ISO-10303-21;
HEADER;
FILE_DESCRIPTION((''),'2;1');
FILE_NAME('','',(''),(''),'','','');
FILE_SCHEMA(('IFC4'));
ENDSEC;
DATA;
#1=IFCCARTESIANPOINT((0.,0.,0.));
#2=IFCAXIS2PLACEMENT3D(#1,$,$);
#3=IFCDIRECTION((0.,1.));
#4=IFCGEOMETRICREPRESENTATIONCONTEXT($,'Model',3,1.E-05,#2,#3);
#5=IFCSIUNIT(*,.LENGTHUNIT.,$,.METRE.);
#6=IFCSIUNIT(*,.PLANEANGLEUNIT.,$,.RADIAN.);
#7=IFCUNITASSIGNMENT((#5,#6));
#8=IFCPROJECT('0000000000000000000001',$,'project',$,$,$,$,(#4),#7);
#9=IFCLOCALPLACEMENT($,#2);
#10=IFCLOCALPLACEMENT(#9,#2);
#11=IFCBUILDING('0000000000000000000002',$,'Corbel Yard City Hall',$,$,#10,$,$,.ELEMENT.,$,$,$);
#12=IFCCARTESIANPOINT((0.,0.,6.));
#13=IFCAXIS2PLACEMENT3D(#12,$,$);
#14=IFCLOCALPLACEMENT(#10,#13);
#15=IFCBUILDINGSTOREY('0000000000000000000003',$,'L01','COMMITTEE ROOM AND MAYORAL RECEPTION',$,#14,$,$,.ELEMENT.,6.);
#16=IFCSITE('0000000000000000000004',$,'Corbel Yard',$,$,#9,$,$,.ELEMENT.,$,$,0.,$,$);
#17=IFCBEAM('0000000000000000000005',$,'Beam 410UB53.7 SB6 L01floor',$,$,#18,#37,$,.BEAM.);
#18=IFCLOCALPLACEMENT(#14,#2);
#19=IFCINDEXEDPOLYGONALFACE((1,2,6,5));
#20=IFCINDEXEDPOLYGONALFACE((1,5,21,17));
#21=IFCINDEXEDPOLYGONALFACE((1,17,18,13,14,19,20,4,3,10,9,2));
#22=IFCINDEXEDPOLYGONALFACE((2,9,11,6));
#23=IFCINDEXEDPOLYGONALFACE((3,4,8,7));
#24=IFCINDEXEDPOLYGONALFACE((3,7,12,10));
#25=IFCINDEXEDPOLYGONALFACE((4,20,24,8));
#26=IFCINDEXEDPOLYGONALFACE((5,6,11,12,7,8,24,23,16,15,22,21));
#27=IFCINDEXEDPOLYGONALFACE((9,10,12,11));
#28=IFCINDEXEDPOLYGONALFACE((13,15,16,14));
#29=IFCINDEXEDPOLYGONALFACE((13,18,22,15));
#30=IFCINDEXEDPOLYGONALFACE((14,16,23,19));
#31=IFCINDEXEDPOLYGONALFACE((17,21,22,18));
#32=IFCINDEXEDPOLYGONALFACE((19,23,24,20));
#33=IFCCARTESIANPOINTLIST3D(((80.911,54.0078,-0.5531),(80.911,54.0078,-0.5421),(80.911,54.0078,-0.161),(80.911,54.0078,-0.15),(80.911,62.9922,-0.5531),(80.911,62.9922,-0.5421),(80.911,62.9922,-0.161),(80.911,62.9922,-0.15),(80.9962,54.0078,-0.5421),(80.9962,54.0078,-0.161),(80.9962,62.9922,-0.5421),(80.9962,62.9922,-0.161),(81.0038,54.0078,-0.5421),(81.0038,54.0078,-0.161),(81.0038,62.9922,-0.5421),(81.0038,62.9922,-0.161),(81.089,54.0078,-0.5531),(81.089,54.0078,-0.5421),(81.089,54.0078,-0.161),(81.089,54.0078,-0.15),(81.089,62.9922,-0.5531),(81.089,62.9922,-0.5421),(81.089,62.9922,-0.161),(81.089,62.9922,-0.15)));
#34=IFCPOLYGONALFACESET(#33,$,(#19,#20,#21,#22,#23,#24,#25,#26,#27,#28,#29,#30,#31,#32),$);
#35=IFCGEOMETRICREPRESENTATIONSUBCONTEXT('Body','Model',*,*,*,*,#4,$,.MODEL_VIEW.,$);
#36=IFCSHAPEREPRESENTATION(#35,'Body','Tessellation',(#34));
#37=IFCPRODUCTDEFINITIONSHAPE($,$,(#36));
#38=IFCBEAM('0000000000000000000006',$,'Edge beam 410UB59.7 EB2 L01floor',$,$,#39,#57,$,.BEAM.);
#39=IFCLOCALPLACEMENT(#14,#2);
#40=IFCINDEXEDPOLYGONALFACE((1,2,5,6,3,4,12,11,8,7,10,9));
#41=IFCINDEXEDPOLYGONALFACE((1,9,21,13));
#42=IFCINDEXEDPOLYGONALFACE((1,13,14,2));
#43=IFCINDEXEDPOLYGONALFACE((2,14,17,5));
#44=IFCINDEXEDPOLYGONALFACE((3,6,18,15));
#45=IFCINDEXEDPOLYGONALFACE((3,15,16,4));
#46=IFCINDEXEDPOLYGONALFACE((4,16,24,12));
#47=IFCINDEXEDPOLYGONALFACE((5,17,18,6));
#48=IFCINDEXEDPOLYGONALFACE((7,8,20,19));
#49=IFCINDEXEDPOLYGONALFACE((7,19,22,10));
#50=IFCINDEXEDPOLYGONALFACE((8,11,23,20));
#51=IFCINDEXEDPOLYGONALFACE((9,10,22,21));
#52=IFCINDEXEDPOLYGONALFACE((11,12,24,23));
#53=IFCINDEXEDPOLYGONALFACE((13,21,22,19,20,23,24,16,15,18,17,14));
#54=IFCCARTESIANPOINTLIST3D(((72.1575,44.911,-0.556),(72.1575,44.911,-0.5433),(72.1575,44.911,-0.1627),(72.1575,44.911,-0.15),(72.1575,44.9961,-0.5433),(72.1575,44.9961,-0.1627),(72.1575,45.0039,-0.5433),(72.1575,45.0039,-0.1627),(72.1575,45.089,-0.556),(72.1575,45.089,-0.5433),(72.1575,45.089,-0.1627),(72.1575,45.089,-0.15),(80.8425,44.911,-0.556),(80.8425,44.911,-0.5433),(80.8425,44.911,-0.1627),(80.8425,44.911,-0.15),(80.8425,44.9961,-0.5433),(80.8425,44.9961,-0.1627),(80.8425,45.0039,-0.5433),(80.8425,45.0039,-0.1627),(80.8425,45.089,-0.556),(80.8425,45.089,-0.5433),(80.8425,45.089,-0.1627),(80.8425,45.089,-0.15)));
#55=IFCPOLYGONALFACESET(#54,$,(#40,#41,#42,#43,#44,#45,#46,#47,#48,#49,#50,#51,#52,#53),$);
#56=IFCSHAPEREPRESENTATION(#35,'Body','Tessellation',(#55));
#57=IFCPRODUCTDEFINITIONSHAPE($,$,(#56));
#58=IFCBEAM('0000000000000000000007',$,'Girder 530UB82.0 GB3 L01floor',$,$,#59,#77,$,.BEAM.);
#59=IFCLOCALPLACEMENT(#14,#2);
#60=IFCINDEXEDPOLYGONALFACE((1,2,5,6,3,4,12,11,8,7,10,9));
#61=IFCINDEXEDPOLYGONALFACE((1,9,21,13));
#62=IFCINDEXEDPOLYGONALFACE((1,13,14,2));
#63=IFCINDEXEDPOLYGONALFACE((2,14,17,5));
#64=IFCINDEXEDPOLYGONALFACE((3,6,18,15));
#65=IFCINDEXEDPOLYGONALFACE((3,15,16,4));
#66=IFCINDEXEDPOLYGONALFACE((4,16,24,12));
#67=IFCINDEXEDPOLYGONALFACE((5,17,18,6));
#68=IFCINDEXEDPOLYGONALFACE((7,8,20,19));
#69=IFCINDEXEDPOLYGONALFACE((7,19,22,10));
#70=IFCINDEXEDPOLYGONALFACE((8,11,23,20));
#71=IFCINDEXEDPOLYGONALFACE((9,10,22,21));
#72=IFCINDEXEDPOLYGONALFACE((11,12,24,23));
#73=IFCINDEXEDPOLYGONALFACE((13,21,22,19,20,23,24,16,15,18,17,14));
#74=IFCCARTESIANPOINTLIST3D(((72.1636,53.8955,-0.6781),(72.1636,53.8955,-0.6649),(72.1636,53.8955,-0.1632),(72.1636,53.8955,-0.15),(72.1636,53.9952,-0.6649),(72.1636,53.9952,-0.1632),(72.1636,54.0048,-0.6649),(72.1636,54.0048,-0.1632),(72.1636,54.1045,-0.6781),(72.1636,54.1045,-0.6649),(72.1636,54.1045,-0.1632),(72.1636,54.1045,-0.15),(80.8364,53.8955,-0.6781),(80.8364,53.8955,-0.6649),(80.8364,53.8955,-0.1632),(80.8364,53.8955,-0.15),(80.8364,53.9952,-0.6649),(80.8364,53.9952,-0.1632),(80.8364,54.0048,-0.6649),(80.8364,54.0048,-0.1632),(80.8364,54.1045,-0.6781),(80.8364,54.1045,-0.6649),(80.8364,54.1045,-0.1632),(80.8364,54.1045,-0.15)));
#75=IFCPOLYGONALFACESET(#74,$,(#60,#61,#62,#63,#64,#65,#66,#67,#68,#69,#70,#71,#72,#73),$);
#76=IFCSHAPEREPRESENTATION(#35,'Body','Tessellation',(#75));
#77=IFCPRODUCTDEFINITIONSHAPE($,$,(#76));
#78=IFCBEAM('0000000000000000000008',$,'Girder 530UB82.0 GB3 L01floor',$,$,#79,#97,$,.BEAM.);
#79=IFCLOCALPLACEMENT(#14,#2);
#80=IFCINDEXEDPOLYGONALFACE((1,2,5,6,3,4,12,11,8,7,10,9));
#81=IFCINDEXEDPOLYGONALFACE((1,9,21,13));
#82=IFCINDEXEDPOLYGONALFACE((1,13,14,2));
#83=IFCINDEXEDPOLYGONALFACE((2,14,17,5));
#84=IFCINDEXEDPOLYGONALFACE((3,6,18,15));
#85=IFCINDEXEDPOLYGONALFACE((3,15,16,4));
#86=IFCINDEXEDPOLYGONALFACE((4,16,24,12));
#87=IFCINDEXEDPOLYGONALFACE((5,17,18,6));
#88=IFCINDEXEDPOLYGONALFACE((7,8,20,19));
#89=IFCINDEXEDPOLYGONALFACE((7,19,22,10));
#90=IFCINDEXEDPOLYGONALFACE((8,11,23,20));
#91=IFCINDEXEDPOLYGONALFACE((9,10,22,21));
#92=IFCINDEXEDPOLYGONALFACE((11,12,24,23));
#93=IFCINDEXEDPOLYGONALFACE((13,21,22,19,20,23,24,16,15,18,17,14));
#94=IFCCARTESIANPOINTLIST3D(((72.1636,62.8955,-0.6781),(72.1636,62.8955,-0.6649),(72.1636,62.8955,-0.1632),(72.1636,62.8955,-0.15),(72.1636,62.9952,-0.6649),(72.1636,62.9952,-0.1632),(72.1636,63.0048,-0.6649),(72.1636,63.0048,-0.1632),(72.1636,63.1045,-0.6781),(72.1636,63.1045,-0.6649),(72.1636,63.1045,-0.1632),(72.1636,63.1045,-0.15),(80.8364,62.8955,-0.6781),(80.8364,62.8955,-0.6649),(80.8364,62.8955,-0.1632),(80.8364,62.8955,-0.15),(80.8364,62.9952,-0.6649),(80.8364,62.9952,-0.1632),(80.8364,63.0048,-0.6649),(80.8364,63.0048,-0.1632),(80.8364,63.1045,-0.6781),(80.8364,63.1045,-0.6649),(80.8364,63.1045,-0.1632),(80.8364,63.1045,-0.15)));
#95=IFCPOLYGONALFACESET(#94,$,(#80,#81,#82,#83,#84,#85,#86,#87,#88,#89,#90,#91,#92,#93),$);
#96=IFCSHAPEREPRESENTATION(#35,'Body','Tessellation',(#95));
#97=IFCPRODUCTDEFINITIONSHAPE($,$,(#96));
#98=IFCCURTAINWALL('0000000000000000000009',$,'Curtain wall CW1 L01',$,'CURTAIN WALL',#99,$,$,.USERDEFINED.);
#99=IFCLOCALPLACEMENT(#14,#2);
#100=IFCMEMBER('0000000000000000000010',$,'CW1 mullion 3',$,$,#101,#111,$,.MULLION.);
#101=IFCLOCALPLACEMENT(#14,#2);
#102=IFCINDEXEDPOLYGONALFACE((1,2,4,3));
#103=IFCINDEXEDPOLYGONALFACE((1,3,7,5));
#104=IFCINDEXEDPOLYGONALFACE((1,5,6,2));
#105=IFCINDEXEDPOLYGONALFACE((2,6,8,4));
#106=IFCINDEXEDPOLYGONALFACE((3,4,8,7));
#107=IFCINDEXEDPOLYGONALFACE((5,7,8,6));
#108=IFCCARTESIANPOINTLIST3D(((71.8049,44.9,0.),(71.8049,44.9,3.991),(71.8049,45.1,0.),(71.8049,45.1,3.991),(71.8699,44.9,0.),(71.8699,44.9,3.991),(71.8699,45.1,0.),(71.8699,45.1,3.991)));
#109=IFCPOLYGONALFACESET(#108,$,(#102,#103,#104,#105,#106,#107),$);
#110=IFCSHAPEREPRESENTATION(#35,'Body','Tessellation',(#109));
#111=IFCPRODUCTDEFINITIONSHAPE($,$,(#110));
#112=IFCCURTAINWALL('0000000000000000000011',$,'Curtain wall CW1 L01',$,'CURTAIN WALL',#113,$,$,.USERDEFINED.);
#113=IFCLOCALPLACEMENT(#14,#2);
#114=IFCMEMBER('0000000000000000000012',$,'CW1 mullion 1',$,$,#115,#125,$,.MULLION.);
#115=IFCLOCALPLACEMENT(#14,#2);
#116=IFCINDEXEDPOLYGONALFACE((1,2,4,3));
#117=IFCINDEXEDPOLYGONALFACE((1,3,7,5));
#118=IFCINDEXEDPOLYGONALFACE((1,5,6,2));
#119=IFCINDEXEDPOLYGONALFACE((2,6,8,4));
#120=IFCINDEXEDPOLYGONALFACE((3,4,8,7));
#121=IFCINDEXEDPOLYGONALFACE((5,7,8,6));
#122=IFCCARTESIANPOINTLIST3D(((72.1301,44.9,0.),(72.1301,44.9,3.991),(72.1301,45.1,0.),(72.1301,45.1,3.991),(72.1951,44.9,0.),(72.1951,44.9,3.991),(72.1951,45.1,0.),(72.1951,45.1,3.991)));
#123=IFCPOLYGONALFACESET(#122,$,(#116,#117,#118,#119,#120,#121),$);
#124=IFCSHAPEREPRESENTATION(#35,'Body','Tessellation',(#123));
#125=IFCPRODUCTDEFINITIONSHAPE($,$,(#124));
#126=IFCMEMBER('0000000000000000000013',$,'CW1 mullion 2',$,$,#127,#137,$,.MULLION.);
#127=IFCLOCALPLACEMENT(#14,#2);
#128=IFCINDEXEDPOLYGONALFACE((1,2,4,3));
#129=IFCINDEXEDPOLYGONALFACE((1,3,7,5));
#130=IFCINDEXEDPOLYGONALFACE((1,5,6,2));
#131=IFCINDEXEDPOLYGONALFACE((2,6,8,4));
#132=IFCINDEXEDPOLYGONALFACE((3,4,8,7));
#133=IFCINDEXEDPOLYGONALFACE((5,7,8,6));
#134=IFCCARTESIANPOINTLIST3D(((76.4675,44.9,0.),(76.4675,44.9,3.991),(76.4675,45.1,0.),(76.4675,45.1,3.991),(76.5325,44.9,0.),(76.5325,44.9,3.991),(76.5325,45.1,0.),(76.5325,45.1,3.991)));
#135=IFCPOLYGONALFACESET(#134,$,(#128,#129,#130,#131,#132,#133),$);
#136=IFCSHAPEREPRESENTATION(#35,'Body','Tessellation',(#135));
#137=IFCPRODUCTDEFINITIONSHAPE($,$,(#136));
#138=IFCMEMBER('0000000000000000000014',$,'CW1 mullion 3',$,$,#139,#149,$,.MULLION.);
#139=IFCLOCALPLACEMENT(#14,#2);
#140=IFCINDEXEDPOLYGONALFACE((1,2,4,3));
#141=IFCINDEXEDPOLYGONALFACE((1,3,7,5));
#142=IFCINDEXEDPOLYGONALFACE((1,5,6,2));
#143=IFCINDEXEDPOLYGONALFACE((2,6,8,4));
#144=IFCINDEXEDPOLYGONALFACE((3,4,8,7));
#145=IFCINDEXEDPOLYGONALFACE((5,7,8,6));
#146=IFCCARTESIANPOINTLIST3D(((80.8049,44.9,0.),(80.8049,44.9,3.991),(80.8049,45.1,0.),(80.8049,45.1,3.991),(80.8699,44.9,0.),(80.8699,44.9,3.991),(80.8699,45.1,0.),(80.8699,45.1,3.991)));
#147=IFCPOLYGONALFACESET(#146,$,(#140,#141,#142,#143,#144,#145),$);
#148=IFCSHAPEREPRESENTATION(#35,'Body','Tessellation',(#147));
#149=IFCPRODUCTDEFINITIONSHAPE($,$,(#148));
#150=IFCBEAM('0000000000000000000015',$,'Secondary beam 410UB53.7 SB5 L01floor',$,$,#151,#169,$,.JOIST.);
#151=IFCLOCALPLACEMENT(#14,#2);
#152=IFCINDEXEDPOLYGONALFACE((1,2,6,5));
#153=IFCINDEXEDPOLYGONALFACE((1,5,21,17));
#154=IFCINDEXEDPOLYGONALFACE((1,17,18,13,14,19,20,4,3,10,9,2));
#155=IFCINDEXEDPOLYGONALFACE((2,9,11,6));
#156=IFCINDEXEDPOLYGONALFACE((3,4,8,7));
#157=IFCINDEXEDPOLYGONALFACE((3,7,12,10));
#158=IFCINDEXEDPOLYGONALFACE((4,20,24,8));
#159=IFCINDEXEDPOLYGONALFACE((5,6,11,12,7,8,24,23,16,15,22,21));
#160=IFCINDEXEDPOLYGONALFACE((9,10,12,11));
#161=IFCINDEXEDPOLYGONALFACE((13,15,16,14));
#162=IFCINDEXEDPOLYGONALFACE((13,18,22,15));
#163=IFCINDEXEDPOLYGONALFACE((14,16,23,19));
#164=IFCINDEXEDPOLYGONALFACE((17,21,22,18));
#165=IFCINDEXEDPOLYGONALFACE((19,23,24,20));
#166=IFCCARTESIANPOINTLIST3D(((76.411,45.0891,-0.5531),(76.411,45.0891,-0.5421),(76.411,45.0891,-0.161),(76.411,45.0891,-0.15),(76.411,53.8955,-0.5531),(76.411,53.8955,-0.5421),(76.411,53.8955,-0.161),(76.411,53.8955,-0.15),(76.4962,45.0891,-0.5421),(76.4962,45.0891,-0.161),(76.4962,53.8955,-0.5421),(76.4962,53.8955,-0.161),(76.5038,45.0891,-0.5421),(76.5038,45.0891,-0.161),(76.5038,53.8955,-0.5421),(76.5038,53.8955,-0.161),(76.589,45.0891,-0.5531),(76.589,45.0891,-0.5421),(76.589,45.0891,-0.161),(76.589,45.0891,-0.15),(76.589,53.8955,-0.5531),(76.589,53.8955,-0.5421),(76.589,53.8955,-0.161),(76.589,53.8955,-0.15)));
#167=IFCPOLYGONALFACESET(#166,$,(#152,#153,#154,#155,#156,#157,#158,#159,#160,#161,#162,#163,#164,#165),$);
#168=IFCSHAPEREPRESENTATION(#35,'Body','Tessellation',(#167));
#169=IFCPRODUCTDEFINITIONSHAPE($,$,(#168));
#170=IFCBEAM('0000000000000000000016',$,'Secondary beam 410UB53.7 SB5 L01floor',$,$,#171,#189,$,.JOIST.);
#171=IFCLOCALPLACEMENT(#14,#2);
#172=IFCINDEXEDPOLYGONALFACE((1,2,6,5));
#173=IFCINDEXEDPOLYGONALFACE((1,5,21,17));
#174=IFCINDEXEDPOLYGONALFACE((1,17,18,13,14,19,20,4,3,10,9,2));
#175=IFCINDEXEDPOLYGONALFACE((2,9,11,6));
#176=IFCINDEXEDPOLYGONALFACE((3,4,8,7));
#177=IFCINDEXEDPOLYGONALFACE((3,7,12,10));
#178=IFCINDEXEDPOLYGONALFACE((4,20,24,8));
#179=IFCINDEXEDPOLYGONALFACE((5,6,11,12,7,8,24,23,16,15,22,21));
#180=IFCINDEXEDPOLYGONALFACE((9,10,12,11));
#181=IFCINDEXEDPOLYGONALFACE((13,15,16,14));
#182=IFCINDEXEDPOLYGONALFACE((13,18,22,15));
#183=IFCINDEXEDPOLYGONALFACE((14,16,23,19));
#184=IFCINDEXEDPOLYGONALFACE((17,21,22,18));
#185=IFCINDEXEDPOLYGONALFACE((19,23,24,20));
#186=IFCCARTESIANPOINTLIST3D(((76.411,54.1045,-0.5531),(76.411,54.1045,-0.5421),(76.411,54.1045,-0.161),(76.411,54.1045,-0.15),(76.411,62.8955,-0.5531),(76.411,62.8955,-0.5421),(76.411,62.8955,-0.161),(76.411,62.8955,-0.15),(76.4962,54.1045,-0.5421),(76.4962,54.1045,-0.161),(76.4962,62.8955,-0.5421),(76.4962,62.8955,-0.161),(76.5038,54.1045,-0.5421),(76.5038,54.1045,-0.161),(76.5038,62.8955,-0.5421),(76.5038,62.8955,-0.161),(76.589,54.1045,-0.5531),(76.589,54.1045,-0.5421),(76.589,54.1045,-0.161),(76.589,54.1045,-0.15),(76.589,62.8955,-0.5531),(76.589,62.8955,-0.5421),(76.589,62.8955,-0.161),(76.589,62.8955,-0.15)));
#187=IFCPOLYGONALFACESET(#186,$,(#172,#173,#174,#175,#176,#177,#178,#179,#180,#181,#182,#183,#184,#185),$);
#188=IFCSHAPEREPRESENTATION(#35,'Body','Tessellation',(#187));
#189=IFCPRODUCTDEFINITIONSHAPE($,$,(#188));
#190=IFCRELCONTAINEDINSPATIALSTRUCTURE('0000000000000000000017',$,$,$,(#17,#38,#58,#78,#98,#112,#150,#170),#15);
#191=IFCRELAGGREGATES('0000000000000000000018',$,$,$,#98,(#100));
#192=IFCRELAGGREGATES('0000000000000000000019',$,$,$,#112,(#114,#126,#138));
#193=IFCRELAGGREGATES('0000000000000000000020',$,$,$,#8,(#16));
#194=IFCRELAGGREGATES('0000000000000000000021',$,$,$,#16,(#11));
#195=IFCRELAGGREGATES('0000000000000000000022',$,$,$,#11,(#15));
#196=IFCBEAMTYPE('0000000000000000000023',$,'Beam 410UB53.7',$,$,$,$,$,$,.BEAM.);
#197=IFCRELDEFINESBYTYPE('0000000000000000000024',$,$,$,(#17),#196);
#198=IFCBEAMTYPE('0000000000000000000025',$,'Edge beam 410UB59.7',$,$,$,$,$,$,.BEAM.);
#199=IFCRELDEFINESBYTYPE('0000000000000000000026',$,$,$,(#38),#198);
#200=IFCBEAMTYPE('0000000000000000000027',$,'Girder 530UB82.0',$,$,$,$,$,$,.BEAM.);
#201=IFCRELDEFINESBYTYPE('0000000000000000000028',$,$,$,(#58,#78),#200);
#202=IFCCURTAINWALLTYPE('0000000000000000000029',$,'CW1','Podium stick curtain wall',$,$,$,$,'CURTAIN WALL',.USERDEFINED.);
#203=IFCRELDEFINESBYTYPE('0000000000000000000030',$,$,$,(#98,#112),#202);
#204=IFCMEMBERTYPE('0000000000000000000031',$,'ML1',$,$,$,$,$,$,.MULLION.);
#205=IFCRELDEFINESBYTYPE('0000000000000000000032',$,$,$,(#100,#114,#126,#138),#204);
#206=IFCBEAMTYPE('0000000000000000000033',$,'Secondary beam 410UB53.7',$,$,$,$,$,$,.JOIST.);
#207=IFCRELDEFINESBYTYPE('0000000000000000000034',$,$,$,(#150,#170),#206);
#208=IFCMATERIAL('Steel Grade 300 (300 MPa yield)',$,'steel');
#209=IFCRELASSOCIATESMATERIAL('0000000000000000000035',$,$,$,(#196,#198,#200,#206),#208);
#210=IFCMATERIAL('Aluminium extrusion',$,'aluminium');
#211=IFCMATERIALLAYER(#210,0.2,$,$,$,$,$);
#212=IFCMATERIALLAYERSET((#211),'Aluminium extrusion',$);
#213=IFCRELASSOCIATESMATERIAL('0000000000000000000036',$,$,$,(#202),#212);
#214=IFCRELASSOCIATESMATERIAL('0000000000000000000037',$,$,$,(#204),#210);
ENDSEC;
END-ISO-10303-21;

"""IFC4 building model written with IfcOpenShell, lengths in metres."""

from ifc_helpers import new_model, si_unit, direction, frame, origin, origin_2d, place, context, subcontext, project, spatial, rectangle, i_section, extrude, material, layer, layer_set, material_profile, profile_set, type_object, element, aggregate, save


model = new_model("IFC4")

# Units and contexts
model_context = context("Model", 3, precision=1e-05, world=origin(), true_north=direction((0.0, 1.0)))
body_context = subcontext(model_context, "Body", "Model", "MODEL_VIEW")
ifc_project = project(units=[si_unit("LENGTHUNIT", "METRE"), si_unit("PLANEANGLEUNIT", "RADIAN")], contexts=[model_context])

# Site, building, storey
site_placement = place(None, origin())
site = spatial("IfcSite", under=ifc_project, at=site_placement, Name="Corbel Yard", CompositionType="ELEMENT", RefElevation=0.0)
building_placement = place(site_placement, origin())
building = spatial("IfcBuilding", under=site, at=building_placement, Name="Corbel Yard City Hall", CompositionType="ELEMENT")
storey_placement = place(building_placement, frame((0.0, 0.0, 6.0)))
storey = spatial("IfcBuildingStorey", under=building, at=storey_placement, Name="L01", Description="COMMITTEE ROOM AND MAYORAL RECEPTION", CompositionType="ELEMENT", Elevation=6.0)

# Shared definitions
ifc_material_1 = material(Name="Steel Grade 300 (300 MPa yield)", Category="steel")

# Beams
ifc_material_profile_1 = material_profile(ifc_material_1, i_section(OverallWidth=0.178, OverallDepth=0.4031, WebThickness=0.0076, FlangeThickness=0.011, at=origin_2d()), Name="410UB53.7")
ifc_profile_set_1 = profile_set([ifc_material_profile_1], Name="Steel Grade 300 (300 MPa yield)")
beam_type_1 = type_object("IfcBeamType", Name="Beam 410UB53.7", PredefinedType="BEAM", material=ifc_profile_set_1)
beam_1_placement = place(storey_placement, frame((81.0, 54.0078, -0.3516), z_axis=(0.0, 1.0, 0.0), x_axis=(-1.0, 0.0, 0.0)))
element("IfcBeam", 1, at=beam_1_placement, inside=storey, type_object=beam_type_1, Name="Beam 410UB53.7 SB6 L01floor", PredefinedType="BEAM", context=body_context, shape_type="SweptSolid", body=[
    extrude(i_section(OverallWidth=0.178, OverallDepth=0.4031, WebThickness=0.0076, FlangeThickness=0.011, at=origin_2d()), origin(), (0.0, 0.0, 1.0), 8.9844),
])
ifc_material_profile_2 = material_profile(ifc_material_1, i_section(OverallWidth=0.178, OverallDepth=0.406, WebThickness=0.0078, FlangeThickness=0.0127, at=origin_2d()), Name="410UB59.7")
ifc_profile_set_2 = profile_set([ifc_material_profile_2], Name="Steel Grade 300 (300 MPa yield)")
beam_type_2 = type_object("IfcBeamType", Name="Edge beam 410UB59.7", PredefinedType="BEAM", material=ifc_profile_set_2)
beam_2_placement = place(storey_placement, frame((72.1575, 45.0, -0.353), z_axis=(1.0, 0.0, 0.0), x_axis=(0.0, 1.0, 0.0)))
element("IfcBeam", 2, at=beam_2_placement, inside=storey, type_object=beam_type_2, Name="Edge beam 410UB59.7 EB2 L01floor", PredefinedType="BEAM", context=body_context, shape_type="SweptSolid", body=[
    extrude(i_section(OverallWidth=0.178, OverallDepth=0.406, WebThickness=0.0078, FlangeThickness=0.0127, at=origin_2d()), origin(), (0.0, 0.0, 1.0), 8.6851),
])
ifc_material_profile_3 = material_profile(ifc_material_1, i_section(OverallWidth=0.209, OverallDepth=0.5281, WebThickness=0.0095, FlangeThickness=0.0132, at=origin_2d()), Name="530UB82.0")
ifc_profile_set_3 = profile_set([ifc_material_profile_3], Name="Steel Grade 300 (300 MPa yield)")
beam_type_3 = type_object("IfcBeamType", Name="Girder 530UB82.0", PredefinedType="BEAM", material=ifc_profile_set_3)
for number, where, z_axis, x_axis, name in (
    (3, (72.1636, 54.0, -0.4141), (1.0, 0.0, 0.0), (0.0, 1.0, 0.0), "Girder 530UB82.0 GB3 L01floor"),
    (4, (72.1636, 63.0, -0.4141), (1.0, 0.0, 0.0), (0.0, 1.0, 0.0), "Girder 530UB82.0 GB3 L01floor"),
):
    element("IfcBeam", number, at=place(storey_placement, frame(where, z_axis=z_axis, x_axis=x_axis)), inside=storey, type_object=beam_type_3, Name=name, PredefinedType="BEAM", context=body_context, shape_type="SweptSolid", body=[
        extrude(i_section(OverallWidth=0.209, OverallDepth=0.5281, WebThickness=0.0095, FlangeThickness=0.0132, at=origin_2d()), origin(), (0.0, 0.0, 1.0), 8.6729),
    ])

# Curtain wall, member
ifc_material_2 = material(Name="Aluminium extrusion", Category="aluminium")
ifc_layer_1 = layer(ifc_material_2, 0.2)
ifc_layer_set_1 = layer_set([ifc_layer_1], Name="Aluminium extrusion")
curtain_wall_type = type_object("IfcCurtainWallType", Name="CW1", Description="Podium stick curtain wall", ElementType="CURTAIN WALL", PredefinedType="USERDEFINED", material=ifc_layer_set_1)
curtain_wall_1_placement = place(storey_placement, origin())
curtain_wall_1 = element("IfcCurtainWall", 5, at=curtain_wall_1_placement, inside=storey, type_object=curtain_wall_type, Name="Curtain wall CW1 L01", ObjectType="CURTAIN WALL", PredefinedType="USERDEFINED")
ifc_material_profile_4 = material_profile(ifc_material_2, rectangle(XDim=0.2, YDim=0.0649, at=origin_2d()), Name="200x65")
ifc_profile_set_4 = profile_set([ifc_material_profile_4], Name="Aluminium extrusion")
member_type_1 = type_object("IfcMemberType", Name="ML1", PredefinedType="MULLION", material=ifc_profile_set_4)
member_1_placement = place(storey_placement, frame((71.8374, 45.0, 0.0), z_axis=(0.0, 0.0, 1.0), x_axis=(0.0, 1.0, 0.0)))
member_1 = element("IfcMember", 6, at=member_1_placement, type_object=member_type_1, Name="CW1 mullion 3", PredefinedType="MULLION", context=body_context, shape_type="SweptSolid", body=[
    extrude(rectangle(XDim=0.2, YDim=0.0649, at=origin_2d()), origin(), (0.0, 0.0, 1.0), 3.991),
])
aggregate(curtain_wall_1, [member_1])

# Curtain wall, members
curtain_wall_2_placement = place(storey_placement, origin())
curtain_wall_2 = element("IfcCurtainWall", 7, at=curtain_wall_2_placement, inside=storey, type_object=curtain_wall_type, Name="Curtain wall CW1 L01", ObjectType="CURTAIN WALL", PredefinedType="USERDEFINED")
member_2_placement = place(storey_placement, frame((72.1626, 45.0, 0.0), z_axis=(0.0, 0.0, 1.0), x_axis=(0.0, 1.0, 0.0)))
member_2 = element("IfcMember", 8, at=member_2_placement, type_object=member_type_1, Name="CW1 mullion 1", PredefinedType="MULLION", context=body_context, shape_type="SweptSolid", body=[
    extrude(rectangle(XDim=0.2, YDim=0.0649, at=origin_2d()), origin(), (0.0, 0.0, 1.0), 3.991),
])
member_3_placement = place(storey_placement, frame((76.5, 45.0, 0.0), z_axis=(0.0, 0.0, 1.0), x_axis=(0.0, 1.0, 0.0)))
member_3 = element("IfcMember", 9, at=member_3_placement, type_object=member_type_1, Name="CW1 mullion 2", PredefinedType="MULLION", context=body_context, shape_type="SweptSolid", body=[
    extrude(rectangle(XDim=0.2, YDim=0.0649, at=origin_2d()), origin(), (0.0, 0.0, 1.0), 3.991),
])
member_4_placement = place(storey_placement, frame((80.8374, 45.0, 0.0), z_axis=(0.0, 0.0, 1.0), x_axis=(0.0, 1.0, 0.0)))
member_4 = element("IfcMember", 10, at=member_4_placement, type_object=member_type_1, Name="CW1 mullion 3", PredefinedType="MULLION", context=body_context, shape_type="SweptSolid", body=[
    extrude(rectangle(XDim=0.2, YDim=0.0649, at=origin_2d()), origin(), (0.0, 0.0, 1.0), 3.991),
])

# Beams
ifc_material_profile_5 = material_profile(ifc_material_1, i_section(OverallWidth=0.178, OverallDepth=0.4031, WebThickness=0.0076, FlangeThickness=0.011, at=origin_2d()), Name="410UB53.7")
ifc_profile_set_5 = profile_set([ifc_material_profile_5], Name="Steel Grade 300 (300 MPa yield)")
beam_type_4 = type_object("IfcBeamType", Name="Secondary beam 410UB53.7", PredefinedType="JOIST", material=ifc_profile_set_5)
beam_3_placement = place(storey_placement, frame((76.5, 45.0891, -0.3516), z_axis=(0.0, 1.0, 0.0), x_axis=(-1.0, 0.0, 0.0)))
element("IfcBeam", 11, at=beam_3_placement, inside=storey, type_object=beam_type_4, Name="Secondary beam 410UB53.7 SB5 L01floor", PredefinedType="JOIST", context=body_context, shape_type="SweptSolid", body=[
    extrude(i_section(OverallWidth=0.178, OverallDepth=0.4031, WebThickness=0.0076, FlangeThickness=0.011, at=origin_2d()), origin(), (0.0, 0.0, 1.0), 8.8064),
])
beam_4_placement = place(storey_placement, frame((76.5, 54.1045, -0.3516), z_axis=(0.0, 1.0, 0.0), x_axis=(-1.0, 0.0, 0.0)))
element("IfcBeam", 12, at=beam_4_placement, inside=storey, type_object=beam_type_4, Name="Secondary beam 410UB53.7 SB5 L01floor", PredefinedType="JOIST", context=body_context, shape_type="SweptSolid", body=[
    extrude(i_section(OverallWidth=0.178, OverallDepth=0.4031, WebThickness=0.0076, FlangeThickness=0.011, at=origin_2d()), origin(), (0.0, 0.0, 1.0), 8.791),
])

aggregate(curtain_wall_2, [member_2, member_3, member_4])

save(model, "model.ifc")
